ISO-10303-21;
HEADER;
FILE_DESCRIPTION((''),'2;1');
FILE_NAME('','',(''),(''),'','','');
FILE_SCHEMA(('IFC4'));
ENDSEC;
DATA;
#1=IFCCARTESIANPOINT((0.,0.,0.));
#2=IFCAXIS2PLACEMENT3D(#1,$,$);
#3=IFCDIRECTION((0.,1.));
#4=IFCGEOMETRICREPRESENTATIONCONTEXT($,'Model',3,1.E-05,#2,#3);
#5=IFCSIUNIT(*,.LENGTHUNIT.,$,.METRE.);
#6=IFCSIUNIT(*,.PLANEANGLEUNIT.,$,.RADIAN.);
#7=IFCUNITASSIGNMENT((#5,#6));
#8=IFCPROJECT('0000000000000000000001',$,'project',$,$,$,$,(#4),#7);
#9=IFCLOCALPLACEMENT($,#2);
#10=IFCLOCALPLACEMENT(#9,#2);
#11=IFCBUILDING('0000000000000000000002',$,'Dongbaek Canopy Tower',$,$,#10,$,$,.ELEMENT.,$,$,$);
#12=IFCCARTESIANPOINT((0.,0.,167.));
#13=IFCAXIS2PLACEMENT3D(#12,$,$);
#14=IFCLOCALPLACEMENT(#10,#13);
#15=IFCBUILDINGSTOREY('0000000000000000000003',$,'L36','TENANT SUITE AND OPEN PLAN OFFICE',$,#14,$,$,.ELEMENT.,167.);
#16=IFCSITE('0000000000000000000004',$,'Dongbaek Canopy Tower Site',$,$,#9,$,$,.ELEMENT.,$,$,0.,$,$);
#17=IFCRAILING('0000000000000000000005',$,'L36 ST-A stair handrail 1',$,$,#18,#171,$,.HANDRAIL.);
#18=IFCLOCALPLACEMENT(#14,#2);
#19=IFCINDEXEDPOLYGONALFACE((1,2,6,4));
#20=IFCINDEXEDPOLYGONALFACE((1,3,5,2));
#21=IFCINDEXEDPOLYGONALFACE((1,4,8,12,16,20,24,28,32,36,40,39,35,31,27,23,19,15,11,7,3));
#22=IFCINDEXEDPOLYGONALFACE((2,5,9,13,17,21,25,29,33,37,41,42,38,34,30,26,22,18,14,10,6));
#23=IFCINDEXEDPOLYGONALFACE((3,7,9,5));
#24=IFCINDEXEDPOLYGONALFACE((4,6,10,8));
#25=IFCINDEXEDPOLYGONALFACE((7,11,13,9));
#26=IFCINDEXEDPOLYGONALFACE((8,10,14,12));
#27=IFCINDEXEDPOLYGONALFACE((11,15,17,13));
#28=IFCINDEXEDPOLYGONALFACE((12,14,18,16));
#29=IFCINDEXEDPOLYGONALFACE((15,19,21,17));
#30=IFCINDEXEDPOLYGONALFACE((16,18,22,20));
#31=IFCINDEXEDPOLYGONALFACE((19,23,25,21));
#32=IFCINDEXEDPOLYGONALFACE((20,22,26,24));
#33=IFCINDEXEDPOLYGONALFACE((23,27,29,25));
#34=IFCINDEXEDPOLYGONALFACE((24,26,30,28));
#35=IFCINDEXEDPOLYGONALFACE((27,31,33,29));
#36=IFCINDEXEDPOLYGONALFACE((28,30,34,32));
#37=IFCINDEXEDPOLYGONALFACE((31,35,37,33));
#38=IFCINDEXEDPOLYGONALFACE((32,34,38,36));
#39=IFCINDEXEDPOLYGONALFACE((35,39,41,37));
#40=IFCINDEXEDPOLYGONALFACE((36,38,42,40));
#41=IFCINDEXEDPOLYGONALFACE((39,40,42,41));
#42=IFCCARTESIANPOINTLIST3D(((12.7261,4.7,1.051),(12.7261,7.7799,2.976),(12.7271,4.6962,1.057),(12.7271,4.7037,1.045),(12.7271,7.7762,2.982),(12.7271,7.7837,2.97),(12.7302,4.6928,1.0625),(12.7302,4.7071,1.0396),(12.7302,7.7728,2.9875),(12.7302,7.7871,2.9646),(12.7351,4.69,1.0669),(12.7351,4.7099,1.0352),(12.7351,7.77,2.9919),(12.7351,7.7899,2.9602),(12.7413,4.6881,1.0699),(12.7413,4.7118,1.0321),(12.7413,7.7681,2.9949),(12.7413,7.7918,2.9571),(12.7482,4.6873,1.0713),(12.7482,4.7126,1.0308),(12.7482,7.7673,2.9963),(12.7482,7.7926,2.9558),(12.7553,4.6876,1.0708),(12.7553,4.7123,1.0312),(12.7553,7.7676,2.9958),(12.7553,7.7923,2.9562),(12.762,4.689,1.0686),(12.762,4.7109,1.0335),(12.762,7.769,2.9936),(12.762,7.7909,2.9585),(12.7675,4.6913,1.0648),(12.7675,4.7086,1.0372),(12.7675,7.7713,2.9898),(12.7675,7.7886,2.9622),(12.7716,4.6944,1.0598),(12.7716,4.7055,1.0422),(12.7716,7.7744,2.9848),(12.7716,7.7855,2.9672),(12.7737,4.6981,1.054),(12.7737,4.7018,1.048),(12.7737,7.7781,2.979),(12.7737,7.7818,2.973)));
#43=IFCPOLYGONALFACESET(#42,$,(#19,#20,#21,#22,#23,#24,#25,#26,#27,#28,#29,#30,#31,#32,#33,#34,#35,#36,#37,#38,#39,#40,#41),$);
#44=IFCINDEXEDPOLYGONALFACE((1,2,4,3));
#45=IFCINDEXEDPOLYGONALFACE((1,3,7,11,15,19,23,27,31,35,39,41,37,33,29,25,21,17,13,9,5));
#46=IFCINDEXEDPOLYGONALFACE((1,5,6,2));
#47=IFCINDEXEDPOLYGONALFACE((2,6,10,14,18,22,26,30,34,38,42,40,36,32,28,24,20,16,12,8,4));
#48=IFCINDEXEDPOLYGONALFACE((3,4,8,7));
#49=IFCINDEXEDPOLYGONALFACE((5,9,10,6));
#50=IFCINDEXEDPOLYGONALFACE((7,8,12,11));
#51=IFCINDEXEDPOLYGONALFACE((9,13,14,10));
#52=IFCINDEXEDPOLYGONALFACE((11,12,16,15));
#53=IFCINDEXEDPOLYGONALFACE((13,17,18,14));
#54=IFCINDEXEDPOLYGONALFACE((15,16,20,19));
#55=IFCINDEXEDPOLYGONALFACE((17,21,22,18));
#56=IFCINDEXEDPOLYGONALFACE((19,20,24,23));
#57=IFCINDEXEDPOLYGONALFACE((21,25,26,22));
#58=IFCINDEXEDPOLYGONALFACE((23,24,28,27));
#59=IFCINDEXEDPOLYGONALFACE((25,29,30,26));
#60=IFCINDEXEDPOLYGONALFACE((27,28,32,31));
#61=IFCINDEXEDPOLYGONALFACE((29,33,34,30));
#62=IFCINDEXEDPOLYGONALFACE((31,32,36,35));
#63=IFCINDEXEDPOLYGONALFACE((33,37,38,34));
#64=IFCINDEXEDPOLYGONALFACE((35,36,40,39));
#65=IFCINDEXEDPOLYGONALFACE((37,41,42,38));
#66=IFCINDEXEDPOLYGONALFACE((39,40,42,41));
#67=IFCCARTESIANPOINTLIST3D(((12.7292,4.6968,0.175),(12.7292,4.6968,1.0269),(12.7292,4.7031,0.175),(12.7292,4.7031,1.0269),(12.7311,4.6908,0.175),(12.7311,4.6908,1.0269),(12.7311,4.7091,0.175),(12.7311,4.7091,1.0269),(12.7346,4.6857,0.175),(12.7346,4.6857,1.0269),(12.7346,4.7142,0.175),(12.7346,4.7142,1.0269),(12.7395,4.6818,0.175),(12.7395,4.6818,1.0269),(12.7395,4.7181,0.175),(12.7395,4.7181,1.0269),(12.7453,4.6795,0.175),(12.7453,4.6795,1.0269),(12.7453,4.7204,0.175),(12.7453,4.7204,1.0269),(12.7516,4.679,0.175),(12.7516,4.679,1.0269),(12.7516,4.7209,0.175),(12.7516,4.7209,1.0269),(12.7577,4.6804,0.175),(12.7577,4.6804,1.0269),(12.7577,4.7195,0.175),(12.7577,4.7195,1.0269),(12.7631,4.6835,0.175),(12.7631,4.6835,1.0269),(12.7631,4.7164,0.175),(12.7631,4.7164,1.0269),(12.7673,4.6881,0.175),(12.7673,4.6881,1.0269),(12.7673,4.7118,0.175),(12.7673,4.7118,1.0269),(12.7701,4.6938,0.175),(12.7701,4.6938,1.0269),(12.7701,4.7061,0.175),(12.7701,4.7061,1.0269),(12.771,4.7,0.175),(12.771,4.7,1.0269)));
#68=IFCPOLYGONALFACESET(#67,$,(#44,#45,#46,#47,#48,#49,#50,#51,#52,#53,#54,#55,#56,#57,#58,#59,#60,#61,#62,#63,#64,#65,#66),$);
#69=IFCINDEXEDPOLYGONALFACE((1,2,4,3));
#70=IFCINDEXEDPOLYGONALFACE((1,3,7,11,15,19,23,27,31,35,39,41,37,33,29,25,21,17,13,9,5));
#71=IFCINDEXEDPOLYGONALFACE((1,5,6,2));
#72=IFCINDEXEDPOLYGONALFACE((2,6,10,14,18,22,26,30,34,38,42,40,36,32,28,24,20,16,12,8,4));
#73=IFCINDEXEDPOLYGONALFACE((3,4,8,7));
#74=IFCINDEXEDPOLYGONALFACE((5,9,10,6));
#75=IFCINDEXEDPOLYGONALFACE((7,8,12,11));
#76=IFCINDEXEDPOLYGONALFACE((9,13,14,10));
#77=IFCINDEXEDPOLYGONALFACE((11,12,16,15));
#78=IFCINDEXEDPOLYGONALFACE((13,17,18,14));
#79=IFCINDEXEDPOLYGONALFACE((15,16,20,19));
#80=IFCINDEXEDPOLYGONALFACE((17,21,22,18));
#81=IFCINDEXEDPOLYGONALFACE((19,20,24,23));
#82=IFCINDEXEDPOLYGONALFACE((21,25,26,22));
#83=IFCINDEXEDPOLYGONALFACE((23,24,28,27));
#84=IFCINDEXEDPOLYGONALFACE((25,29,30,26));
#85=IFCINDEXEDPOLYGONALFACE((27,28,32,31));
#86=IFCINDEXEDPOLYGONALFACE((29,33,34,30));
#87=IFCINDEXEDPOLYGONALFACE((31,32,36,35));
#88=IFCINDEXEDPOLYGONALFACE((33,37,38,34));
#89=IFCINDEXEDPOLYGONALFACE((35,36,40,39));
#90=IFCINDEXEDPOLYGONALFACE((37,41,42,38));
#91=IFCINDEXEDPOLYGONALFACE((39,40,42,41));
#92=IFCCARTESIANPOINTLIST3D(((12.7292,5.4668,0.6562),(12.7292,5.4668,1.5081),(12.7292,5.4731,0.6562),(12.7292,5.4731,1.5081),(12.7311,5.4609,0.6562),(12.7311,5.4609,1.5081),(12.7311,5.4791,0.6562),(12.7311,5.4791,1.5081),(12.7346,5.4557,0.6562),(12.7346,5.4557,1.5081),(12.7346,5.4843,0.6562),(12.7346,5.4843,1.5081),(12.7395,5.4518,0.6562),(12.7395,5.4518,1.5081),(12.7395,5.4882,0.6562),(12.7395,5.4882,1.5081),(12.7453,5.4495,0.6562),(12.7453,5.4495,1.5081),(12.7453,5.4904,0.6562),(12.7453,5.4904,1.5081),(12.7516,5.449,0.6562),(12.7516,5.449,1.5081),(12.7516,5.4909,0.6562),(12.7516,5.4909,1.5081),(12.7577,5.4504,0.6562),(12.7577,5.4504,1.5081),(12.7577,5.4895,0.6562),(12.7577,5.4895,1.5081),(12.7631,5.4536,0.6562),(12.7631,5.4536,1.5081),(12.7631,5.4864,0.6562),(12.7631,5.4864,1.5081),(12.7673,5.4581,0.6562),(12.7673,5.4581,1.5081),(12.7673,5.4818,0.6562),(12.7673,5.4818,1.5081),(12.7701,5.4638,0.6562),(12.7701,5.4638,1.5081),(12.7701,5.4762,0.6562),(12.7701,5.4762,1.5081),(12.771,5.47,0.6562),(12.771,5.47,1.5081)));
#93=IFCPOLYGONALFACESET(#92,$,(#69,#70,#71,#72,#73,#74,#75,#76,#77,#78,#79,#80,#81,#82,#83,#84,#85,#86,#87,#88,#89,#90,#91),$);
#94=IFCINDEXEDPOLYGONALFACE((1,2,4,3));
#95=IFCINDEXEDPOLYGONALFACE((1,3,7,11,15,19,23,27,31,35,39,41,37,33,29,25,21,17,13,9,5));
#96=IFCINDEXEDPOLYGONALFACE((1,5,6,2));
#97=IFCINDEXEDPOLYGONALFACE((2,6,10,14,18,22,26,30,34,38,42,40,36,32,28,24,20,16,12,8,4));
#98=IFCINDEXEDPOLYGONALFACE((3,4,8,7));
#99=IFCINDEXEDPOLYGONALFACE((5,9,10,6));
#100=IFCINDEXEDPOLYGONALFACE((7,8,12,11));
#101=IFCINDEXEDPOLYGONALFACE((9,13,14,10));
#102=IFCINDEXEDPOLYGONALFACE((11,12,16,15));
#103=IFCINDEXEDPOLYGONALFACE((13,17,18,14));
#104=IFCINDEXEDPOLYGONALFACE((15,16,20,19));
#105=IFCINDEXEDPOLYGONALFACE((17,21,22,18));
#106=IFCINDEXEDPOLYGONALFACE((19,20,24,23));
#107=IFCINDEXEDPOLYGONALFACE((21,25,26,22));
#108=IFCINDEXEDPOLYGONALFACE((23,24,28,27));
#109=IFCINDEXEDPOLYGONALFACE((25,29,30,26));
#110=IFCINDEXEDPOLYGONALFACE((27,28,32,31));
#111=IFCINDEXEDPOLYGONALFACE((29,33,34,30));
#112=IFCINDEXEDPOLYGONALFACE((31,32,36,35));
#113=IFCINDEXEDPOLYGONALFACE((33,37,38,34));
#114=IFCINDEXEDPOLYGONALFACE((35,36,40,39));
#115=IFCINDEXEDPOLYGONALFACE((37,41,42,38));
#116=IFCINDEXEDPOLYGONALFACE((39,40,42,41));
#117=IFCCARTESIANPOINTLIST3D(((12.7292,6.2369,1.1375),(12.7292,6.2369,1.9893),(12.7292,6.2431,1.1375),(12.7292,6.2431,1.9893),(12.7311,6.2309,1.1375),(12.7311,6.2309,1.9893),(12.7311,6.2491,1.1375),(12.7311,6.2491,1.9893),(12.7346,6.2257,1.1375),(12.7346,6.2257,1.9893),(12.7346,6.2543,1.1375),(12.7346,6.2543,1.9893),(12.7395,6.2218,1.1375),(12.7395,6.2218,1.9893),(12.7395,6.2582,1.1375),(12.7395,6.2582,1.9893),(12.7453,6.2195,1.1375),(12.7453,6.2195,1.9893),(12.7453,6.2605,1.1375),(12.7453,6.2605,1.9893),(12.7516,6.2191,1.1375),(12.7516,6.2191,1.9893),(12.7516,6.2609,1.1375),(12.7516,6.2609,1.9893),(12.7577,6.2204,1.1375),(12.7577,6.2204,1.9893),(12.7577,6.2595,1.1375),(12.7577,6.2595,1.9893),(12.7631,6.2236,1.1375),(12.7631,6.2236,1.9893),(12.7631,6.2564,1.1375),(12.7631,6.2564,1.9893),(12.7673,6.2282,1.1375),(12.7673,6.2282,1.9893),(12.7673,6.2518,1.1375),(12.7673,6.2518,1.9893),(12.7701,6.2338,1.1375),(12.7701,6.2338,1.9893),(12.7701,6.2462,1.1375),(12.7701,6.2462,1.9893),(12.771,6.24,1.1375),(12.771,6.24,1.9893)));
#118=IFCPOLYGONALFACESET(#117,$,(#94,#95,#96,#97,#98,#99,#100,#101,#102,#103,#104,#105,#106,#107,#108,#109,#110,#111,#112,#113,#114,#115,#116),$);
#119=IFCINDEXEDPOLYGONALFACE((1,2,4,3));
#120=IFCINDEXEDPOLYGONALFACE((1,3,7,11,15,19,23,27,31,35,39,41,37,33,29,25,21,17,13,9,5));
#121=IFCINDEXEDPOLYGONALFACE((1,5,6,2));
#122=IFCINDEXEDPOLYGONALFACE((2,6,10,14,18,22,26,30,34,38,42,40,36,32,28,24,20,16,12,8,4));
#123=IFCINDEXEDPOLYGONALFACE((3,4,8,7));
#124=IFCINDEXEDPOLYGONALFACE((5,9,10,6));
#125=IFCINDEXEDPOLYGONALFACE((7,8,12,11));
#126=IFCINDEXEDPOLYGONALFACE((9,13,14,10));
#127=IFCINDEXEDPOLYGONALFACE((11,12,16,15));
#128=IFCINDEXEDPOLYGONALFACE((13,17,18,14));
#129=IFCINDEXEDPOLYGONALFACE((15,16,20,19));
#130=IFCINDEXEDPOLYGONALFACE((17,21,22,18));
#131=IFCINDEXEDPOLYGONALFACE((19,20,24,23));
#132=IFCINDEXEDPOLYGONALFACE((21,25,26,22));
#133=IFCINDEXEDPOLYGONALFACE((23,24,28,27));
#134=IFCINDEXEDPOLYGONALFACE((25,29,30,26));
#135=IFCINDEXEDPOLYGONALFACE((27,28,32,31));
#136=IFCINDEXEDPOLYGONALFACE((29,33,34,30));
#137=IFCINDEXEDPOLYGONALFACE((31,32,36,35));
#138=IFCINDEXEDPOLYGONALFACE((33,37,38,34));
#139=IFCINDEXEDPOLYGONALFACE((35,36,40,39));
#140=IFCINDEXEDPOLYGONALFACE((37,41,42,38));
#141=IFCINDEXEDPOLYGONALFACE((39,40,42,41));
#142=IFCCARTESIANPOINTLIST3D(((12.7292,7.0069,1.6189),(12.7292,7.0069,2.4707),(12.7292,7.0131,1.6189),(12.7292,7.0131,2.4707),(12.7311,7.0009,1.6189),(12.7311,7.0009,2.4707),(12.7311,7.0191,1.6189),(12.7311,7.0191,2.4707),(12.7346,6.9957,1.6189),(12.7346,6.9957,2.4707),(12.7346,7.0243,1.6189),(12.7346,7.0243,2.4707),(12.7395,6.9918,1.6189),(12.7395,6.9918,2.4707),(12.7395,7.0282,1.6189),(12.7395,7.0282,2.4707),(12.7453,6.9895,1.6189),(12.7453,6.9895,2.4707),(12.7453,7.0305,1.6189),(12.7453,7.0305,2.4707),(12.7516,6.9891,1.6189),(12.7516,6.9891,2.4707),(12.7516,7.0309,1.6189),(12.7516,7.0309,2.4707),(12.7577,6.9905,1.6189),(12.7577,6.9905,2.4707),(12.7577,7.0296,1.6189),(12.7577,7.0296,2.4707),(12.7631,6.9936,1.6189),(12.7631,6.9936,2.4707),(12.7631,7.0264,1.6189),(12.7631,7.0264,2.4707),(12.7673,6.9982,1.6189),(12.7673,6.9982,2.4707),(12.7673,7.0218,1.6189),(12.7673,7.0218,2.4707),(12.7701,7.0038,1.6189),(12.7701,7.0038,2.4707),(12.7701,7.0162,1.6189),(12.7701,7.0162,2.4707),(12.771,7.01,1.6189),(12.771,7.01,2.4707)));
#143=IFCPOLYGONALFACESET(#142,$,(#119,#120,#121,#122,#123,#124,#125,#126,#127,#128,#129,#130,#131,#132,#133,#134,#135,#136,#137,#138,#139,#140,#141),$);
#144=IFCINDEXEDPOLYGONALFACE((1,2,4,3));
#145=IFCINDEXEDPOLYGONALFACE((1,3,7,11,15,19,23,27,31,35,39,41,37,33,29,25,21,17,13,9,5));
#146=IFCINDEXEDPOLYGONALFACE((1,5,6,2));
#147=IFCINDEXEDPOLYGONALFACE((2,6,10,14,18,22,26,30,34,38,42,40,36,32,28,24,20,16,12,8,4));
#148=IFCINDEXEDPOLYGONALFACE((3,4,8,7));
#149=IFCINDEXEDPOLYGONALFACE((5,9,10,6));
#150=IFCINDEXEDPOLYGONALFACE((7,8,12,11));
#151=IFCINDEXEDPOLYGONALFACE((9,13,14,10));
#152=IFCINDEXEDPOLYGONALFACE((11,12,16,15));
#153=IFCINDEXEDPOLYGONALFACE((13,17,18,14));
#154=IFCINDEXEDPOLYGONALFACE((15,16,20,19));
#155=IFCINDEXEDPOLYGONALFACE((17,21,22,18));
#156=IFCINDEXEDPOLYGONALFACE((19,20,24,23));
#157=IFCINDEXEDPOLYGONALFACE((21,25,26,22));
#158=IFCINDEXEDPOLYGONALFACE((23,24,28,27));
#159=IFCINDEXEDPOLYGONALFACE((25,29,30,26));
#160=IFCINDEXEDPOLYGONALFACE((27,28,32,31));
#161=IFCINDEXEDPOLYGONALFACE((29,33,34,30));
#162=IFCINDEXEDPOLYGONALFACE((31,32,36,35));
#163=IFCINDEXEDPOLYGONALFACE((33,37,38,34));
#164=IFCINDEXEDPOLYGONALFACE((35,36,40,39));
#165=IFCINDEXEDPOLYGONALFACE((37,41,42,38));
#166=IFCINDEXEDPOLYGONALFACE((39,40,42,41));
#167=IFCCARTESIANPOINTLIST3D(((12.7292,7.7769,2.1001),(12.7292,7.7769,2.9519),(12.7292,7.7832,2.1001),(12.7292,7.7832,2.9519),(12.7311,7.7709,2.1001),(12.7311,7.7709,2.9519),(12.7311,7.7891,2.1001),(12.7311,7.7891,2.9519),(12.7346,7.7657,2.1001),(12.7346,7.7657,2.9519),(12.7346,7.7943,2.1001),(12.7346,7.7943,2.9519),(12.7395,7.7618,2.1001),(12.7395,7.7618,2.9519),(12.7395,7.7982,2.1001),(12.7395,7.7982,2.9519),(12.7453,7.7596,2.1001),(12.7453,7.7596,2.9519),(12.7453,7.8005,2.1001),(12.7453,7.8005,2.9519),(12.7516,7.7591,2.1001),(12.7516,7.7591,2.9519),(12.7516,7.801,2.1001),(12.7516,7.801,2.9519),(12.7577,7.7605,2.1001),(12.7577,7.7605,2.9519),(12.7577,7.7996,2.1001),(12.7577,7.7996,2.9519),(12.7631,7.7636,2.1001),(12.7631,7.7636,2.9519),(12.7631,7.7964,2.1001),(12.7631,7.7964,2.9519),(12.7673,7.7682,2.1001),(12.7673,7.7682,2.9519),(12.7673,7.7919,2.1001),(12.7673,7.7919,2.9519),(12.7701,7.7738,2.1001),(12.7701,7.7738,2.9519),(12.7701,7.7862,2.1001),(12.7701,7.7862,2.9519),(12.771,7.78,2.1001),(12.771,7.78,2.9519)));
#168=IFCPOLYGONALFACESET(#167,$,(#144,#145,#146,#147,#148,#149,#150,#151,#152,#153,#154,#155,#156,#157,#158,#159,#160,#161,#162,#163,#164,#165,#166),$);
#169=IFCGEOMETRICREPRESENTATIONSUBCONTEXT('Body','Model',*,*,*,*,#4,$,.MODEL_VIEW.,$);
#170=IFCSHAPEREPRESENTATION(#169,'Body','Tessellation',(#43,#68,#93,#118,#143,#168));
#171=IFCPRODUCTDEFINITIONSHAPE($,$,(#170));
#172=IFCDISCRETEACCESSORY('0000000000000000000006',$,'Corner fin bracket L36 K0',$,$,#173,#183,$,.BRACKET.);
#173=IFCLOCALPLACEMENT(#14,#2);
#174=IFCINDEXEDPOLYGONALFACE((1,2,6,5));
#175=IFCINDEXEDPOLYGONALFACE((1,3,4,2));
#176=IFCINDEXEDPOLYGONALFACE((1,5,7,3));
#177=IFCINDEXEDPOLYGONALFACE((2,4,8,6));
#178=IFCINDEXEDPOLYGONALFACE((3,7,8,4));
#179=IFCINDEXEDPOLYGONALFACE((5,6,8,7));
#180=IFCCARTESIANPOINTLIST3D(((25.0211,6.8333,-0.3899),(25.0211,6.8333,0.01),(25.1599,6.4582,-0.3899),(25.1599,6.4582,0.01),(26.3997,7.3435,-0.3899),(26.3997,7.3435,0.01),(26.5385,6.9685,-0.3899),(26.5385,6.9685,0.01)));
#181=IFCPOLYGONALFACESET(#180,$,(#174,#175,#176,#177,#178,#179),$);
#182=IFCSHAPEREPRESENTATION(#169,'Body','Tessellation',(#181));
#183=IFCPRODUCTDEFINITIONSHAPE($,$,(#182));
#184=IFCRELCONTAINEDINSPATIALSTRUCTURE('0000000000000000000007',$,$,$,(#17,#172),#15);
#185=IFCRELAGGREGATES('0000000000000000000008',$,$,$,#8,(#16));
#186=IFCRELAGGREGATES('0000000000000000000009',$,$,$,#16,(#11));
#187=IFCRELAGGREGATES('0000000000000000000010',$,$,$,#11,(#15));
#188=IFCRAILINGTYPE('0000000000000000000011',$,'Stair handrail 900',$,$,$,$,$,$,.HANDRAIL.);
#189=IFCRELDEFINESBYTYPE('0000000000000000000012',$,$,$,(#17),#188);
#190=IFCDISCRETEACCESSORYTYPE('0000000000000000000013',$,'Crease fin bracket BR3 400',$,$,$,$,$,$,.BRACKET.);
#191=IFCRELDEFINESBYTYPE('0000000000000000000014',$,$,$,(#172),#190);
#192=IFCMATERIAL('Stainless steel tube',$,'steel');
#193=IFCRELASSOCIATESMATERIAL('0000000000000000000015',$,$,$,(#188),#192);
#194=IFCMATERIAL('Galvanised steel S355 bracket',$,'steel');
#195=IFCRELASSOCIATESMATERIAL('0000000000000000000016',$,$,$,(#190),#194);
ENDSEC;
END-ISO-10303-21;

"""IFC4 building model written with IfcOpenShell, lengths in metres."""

from ifc_helpers import new_model, si_unit, direction, frame, origin, origin_2d, place, context, subcontext, project, spatial, rectangle, circle, extrude, material, type_object, element, save


model = new_model("IFC4")

# Units and contexts
model_context = context("Model", 3, precision=1e-05, world=origin(), true_north=direction((0.0, 1.0)))
body_context = subcontext(model_context, "Body", "Model", "MODEL_VIEW")
ifc_project = project(units=[si_unit("LENGTHUNIT", "METRE"), si_unit("PLANEANGLEUNIT", "RADIAN")], contexts=[model_context])

# Site, building, storey
site_placement = place(None, origin())
site = spatial("IfcSite", under=ifc_project, at=site_placement, Name="Dongbaek Canopy Tower Site", CompositionType="ELEMENT", RefElevation=0.0)
building_placement = place(site_placement, origin())
building = spatial("IfcBuilding", under=site, at=building_placement, Name="Dongbaek Canopy Tower", CompositionType="ELEMENT")
storey_placement = place(building_placement, frame((0.0, 0.0, 167.0)))
storey = spatial("IfcBuildingStorey", under=building, at=storey_placement, Name="L36", Description="TENANT SUITE AND OPEN PLAN OFFICE", CompositionType="ELEMENT", Elevation=167.0)

# Railing
ifc_material_1 = material(Name="Stainless steel tube", Category="steel")
railing_type = type_object("IfcRailingType", Name="Stair handrail 900", PredefinedType="HANDRAIL", material=ifc_material_1)
railing_placement = place(storey_placement, frame((12.75, 4.7, 0.175)))
element("IfcRailing", 1, at=railing_placement, inside=storey, type_object=railing_type, Name="L36 ST-A stair handrail 1", PredefinedType="HANDRAIL", context=body_context, shape_type="SweptSolid", body=[
    extrude(circle(Radius=0.0239, at=origin_2d()), frame((0.0, 0.0, 0.876), z_axis=(0.0, 0.847998, 0.529999), x_axis=(-1.0, 0.0, 0.0)), (0.0, 0.0, 1.0), 3.6321),
    extrude(circle(Radius=0.021, at=origin_2d()), origin(), (0.0, 0.0, 1.0), 0.8518),
    extrude(circle(Radius=0.021, at=origin_2d()), frame((0.0, 0.77, 0.4812)), (0.0, 0.0, 1.0), 0.8518),
    extrude(circle(Radius=0.021, at=origin_2d()), frame((0.0, 1.54, 0.9624)), (0.0, 0.0, 1.0), 0.8518),
    extrude(circle(Radius=0.021, at=origin_2d()), frame((0.0, 2.3101, 1.4438)), (0.0, 0.0, 1.0), 0.8518),
    extrude(circle(Radius=0.021, at=origin_2d()), frame((0.0, 3.0801, 1.925)), (0.0, 0.0, 1.0), 0.8518),
])

# Discrete accessory
ifc_material_2 = material(Name="Galvanised steel S355 bracket", Category="steel")
discrete_accessory_type = type_object("IfcDiscreteAccessoryType", Name="Crease fin bracket BR3 400", PredefinedType="BRACKET", material=ifc_material_2)
discrete_accessory_placement = place(storey_placement, frame((25.7798, 6.9009, -0.3899), z_axis=(0.0, 0.0, 1.0), x_axis=(0.937824, 0.347111, 0.0)))
element("IfcDiscreteAccessory", 2, at=discrete_accessory_placement, inside=storey, type_object=discrete_accessory_type, Name="Corner fin bracket L36 K0", PredefinedType="BRACKET", context=body_context, shape_type="SweptSolid", body=[
    extrude(rectangle(XDim=1.47, YDim=0.3999, at=origin_2d()), origin(), (0.0, 0.0, 1.0), 0.3999),
])

save(model, "model.ifc")
